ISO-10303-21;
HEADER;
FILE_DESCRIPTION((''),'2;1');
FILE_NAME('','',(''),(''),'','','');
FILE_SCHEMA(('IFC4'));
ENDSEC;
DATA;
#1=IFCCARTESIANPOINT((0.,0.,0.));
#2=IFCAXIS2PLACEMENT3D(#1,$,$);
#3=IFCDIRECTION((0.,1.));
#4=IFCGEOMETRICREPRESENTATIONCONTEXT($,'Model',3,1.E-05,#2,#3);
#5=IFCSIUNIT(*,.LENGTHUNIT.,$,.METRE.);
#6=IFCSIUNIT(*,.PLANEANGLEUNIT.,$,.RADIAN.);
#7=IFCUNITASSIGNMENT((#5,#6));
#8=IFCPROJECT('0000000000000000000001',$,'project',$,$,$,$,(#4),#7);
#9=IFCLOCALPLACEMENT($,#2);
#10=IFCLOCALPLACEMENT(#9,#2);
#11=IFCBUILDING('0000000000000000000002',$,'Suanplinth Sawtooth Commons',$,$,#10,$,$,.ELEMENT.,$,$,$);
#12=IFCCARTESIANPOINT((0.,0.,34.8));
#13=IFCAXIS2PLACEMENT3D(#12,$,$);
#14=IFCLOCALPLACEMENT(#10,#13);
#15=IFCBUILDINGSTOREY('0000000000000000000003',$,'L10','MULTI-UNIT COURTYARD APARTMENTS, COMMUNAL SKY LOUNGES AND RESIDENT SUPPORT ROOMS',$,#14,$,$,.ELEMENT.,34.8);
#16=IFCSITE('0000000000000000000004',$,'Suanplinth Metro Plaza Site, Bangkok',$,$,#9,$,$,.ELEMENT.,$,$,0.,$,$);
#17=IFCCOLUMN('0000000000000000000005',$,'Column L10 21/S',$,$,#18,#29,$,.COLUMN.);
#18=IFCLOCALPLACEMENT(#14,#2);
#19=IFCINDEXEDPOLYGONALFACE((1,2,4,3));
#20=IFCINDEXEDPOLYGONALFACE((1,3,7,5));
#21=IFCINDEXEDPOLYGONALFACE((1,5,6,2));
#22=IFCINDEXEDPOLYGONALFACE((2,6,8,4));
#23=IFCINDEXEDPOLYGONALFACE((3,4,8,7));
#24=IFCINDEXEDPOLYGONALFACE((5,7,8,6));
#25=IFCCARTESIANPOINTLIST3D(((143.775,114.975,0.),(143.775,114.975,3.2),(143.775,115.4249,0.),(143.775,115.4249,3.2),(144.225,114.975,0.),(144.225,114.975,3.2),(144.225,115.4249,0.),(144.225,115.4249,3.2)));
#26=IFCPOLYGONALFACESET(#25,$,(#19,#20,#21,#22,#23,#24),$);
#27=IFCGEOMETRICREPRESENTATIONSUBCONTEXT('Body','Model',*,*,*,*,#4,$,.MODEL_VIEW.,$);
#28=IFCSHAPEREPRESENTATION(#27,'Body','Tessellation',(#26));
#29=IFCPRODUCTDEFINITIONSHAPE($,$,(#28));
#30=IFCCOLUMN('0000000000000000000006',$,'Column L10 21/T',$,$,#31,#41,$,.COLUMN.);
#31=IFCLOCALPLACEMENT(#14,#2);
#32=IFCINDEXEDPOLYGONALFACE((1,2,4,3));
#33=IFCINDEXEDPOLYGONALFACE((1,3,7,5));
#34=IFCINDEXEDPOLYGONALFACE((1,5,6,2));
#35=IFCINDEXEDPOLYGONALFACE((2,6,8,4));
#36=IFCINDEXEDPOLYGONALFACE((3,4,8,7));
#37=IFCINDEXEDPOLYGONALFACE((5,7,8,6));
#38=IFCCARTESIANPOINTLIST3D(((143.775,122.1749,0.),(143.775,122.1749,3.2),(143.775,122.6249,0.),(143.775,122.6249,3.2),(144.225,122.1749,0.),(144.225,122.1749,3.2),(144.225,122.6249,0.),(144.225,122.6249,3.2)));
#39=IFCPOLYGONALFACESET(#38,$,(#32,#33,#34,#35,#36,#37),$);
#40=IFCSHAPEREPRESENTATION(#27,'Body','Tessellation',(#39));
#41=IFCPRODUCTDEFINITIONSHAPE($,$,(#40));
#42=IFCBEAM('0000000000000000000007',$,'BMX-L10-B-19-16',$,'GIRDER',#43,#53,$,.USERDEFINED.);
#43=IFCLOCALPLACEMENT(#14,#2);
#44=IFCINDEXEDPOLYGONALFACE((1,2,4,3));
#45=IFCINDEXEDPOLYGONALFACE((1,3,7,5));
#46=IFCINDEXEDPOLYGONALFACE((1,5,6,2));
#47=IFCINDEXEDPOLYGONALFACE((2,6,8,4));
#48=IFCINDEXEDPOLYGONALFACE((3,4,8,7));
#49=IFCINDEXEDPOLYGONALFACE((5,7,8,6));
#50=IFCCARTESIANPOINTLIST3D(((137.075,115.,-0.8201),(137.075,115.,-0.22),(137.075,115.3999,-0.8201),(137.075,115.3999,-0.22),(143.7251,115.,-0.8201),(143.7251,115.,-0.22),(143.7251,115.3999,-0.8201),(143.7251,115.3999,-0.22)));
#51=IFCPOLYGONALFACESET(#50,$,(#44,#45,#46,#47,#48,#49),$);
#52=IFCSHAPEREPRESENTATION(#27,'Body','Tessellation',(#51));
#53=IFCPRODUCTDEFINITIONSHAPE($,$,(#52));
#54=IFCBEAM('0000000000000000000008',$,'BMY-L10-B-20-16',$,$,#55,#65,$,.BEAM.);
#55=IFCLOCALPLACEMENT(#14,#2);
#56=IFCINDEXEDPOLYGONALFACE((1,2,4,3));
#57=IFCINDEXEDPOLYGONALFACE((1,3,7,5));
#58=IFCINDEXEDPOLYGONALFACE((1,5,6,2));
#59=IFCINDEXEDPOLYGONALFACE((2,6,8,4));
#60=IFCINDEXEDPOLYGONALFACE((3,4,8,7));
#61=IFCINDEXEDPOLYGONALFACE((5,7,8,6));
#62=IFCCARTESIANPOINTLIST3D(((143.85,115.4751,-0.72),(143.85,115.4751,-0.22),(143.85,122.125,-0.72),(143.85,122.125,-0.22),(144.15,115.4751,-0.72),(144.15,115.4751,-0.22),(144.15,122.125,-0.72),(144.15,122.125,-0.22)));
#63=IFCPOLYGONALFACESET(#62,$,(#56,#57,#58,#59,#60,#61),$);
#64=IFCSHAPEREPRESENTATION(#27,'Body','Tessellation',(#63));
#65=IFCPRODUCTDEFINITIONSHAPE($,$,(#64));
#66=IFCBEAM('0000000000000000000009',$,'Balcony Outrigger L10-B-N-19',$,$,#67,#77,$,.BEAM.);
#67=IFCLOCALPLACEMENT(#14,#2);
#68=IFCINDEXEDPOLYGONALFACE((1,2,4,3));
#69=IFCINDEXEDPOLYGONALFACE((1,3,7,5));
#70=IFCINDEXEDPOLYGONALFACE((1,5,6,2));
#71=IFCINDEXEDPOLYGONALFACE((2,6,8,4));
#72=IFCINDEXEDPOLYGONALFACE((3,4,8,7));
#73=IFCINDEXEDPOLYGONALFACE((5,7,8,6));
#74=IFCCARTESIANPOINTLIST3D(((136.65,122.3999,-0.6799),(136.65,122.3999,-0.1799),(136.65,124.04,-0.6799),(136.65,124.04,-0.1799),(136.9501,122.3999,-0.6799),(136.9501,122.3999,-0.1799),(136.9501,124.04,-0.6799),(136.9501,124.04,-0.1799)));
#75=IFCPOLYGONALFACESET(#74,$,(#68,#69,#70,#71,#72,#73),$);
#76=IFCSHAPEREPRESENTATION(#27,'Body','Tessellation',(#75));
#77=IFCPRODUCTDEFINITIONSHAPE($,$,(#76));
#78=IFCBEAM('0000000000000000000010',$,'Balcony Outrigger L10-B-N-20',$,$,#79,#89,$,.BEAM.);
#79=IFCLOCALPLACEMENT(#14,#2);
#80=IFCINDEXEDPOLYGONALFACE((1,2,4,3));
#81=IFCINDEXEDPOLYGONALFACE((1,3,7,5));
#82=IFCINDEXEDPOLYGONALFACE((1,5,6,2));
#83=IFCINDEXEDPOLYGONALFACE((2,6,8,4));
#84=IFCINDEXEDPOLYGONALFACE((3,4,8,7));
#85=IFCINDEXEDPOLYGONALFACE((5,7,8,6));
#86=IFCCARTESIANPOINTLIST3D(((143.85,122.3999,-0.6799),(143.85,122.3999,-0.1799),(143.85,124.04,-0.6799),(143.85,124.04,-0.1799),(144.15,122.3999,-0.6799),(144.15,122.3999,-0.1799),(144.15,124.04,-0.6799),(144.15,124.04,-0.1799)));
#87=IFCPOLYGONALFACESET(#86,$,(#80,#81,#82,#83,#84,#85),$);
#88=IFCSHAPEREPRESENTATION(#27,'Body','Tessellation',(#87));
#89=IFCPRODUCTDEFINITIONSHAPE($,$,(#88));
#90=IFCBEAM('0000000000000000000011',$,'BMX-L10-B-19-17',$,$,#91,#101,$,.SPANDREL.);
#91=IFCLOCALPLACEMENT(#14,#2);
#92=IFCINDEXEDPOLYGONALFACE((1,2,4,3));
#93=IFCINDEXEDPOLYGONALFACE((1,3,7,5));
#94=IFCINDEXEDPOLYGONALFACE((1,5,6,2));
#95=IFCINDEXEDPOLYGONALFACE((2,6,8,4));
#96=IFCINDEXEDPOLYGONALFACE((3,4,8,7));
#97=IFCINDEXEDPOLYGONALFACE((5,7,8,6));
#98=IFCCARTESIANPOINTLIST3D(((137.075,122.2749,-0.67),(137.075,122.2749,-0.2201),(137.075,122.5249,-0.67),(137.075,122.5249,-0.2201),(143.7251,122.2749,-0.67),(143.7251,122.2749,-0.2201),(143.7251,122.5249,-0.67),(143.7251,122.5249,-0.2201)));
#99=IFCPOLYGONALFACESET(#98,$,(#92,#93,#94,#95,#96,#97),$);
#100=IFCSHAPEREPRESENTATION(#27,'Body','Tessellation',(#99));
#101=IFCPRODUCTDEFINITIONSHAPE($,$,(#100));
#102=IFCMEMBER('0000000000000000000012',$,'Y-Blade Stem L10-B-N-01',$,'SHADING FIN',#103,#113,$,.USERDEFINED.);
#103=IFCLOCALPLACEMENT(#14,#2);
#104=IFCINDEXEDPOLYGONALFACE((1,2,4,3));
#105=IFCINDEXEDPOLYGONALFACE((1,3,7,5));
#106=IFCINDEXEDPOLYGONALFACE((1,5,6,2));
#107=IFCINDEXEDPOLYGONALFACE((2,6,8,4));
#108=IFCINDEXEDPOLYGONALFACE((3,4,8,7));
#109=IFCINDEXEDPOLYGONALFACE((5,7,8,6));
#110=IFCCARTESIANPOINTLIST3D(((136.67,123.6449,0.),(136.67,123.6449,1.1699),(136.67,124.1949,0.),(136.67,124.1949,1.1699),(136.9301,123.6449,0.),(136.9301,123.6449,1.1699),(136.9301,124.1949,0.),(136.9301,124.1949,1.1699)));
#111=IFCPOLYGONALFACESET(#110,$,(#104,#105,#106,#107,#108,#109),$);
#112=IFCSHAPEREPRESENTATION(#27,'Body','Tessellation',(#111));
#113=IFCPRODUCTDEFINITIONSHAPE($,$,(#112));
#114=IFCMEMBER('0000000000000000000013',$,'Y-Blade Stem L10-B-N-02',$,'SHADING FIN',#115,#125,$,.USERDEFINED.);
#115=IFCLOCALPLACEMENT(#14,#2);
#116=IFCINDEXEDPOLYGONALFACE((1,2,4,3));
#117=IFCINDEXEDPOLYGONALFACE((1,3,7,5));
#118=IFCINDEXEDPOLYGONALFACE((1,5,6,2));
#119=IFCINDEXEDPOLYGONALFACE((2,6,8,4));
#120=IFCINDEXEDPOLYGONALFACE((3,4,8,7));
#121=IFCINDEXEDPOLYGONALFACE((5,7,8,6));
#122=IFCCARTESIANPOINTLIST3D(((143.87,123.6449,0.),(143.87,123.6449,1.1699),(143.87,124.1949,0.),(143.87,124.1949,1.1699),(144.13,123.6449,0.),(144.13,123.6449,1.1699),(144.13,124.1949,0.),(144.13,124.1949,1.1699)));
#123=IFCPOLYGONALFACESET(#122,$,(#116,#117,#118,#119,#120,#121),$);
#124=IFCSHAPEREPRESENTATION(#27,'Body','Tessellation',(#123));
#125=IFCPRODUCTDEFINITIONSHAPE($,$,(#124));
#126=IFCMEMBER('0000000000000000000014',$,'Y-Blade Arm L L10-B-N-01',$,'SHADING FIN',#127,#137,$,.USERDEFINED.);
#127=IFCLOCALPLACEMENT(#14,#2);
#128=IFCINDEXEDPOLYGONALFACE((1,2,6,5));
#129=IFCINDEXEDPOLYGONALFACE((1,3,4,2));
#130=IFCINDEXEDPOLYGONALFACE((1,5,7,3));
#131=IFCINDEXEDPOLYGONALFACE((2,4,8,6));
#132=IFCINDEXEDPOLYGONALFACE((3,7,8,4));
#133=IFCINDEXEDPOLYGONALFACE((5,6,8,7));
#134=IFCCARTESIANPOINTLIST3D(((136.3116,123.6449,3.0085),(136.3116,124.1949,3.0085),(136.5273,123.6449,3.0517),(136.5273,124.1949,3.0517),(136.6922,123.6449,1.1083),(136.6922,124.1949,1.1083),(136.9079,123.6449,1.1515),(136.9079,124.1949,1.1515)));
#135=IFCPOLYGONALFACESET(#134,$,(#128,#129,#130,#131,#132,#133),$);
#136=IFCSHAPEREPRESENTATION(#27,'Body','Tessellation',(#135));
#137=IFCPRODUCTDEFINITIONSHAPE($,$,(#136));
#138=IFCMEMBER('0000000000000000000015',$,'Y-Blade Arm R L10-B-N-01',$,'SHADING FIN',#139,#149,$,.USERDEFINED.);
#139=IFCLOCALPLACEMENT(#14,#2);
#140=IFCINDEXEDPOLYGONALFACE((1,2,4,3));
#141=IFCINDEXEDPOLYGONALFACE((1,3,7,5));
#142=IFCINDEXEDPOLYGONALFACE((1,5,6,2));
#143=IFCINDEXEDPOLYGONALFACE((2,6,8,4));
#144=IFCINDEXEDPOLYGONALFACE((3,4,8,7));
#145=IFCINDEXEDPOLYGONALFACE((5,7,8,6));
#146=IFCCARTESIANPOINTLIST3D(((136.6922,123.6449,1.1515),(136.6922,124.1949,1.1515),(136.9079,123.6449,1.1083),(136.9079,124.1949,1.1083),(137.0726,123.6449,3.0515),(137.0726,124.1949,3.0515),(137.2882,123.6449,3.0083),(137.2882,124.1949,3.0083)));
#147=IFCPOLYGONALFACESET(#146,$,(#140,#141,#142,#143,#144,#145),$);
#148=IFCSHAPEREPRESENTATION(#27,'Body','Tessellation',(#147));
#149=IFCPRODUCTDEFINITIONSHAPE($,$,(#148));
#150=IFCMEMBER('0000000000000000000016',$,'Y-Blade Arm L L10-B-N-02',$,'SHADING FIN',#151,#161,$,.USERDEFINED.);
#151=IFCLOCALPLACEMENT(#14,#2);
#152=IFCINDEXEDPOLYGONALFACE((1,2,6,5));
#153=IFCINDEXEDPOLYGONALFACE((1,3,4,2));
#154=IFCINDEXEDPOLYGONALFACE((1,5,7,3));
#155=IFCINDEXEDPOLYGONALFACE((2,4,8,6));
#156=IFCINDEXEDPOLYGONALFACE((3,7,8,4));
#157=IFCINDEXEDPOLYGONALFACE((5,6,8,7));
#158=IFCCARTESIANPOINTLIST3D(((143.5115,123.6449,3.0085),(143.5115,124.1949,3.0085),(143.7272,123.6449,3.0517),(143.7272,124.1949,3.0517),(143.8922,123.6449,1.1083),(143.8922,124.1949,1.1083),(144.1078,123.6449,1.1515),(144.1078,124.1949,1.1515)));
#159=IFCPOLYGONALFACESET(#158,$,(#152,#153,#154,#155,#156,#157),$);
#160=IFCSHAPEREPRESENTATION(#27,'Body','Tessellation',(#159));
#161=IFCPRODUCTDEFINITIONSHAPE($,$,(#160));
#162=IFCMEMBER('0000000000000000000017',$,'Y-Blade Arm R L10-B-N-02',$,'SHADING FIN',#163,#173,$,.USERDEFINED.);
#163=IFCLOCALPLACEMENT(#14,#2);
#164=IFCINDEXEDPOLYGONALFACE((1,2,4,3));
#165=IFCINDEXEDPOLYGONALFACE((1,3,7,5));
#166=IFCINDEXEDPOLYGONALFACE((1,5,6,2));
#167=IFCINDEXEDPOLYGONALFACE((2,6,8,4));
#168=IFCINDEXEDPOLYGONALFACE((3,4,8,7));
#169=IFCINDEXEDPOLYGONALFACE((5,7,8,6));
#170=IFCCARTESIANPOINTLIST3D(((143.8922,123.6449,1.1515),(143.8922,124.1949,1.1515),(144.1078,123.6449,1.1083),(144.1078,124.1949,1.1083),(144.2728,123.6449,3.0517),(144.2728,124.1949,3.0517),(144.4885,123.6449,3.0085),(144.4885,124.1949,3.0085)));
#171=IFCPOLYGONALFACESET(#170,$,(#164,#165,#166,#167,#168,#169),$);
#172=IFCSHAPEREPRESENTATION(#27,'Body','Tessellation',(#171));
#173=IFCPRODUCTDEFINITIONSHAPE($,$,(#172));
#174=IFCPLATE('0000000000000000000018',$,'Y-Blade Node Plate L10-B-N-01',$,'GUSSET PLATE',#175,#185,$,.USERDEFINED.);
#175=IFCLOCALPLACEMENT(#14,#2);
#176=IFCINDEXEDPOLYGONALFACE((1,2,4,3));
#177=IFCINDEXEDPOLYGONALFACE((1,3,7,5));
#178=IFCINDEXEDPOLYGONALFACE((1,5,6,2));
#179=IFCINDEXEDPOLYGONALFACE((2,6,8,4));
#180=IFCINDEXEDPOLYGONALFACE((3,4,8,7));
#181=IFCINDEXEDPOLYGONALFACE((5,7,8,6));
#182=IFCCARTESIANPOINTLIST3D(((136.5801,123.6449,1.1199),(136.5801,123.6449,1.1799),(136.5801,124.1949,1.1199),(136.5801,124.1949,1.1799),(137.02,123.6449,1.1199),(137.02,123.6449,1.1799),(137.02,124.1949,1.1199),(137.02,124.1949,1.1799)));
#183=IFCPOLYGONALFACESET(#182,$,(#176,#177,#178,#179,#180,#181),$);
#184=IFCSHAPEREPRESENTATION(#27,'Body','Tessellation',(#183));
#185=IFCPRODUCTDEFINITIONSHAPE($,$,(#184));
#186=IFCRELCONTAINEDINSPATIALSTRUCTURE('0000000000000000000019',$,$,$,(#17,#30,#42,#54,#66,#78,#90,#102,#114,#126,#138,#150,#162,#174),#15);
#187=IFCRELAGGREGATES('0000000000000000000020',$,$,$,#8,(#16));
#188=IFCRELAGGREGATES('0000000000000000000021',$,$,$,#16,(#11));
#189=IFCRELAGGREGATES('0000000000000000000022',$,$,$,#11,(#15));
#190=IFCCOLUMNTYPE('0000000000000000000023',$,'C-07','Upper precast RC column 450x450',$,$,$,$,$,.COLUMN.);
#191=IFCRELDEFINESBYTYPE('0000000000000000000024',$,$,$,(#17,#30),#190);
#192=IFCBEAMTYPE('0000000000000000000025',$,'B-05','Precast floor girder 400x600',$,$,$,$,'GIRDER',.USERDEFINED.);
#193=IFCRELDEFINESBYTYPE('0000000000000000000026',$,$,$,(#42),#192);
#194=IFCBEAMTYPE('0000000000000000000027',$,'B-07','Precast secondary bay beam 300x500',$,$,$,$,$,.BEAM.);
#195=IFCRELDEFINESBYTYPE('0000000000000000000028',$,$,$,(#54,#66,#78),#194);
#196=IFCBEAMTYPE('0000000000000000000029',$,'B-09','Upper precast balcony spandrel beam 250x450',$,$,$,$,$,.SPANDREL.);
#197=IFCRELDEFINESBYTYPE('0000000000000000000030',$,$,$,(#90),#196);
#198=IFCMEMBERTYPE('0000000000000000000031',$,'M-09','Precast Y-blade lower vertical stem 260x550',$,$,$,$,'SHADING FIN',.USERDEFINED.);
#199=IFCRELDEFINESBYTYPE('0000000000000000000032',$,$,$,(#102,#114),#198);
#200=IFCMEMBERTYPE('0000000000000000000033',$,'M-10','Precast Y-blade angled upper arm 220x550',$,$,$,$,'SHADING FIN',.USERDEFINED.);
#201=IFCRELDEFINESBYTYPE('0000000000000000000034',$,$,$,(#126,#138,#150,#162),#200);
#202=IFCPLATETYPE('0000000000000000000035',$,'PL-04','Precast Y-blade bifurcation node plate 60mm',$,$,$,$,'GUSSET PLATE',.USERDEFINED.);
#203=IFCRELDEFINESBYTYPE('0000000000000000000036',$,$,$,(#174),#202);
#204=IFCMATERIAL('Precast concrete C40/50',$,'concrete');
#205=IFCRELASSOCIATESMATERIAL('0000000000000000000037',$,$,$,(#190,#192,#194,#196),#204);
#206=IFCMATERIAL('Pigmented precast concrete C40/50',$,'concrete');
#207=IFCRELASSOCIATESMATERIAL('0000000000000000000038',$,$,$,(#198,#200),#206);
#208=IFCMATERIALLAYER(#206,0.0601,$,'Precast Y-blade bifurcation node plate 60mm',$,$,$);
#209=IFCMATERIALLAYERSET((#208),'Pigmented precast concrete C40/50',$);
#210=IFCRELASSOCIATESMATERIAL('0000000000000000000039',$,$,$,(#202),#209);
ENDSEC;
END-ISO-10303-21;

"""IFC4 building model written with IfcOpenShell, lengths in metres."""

from ifc_helpers import new_model, si_unit, direction, frame, origin, origin_2d, place, context, subcontext, project, spatial, rectangle, extrude, material, layer, layer_set, material_profile, profile_set, type_object, element, save


model = new_model("IFC4")

# Units and contexts
model_context = context("Model", 3, precision=1e-05, world=origin(), true_north=direction((0.0, 1.0)))
body_context = subcontext(model_context, "Body", "Model", "MODEL_VIEW")
ifc_project = project(units=[si_unit("LENGTHUNIT", "METRE"), si_unit("PLANEANGLEUNIT", "RADIAN")], contexts=[model_context])

# Site, building, storey
site_placement = place(None, origin())
site = spatial("IfcSite", under=ifc_project, at=site_placement, Name="Suanplinth Metro Plaza Site, Bangkok", CompositionType="ELEMENT", RefElevation=0.0)
building_placement = place(site_placement, origin())
building = spatial("IfcBuilding", under=site, at=building_placement, Name="Suanplinth Sawtooth Commons", CompositionType="ELEMENT")
storey_placement = place(building_placement, frame((0.0, 0.0, 34.8)))
storey = spatial("IfcBuildingStorey", under=building, at=storey_placement, Name="L10", Description="MULTI-UNIT COURTYARD APARTMENTS, COMMUNAL SKY LOUNGES AND RESIDENT SUPPORT ROOMS", CompositionType="ELEMENT", Elevation=34.8)

# Columns
ifc_material_1 = material(Name="Precast concrete C40/50", Category="concrete")
ifc_material_profile_1 = material_profile(ifc_material_1, rectangle(XDim=0.45, YDim=0.45, at=origin_2d()), Name="PC-COL 450x450")
ifc_profile_set_1 = profile_set([ifc_material_profile_1], Name="Precast concrete C40/50")
column_type = type_object("IfcColumnType", Name="C-07", Description="Upper precast RC column 450x450", PredefinedType="COLUMN", material=ifc_profile_set_1)
for number, where, z_axis, x_axis, name in (
    (1, (144.0, 115.2, 0.0), (0.0, 0.0, 1.0), (1.0, 0.0, 0.0), "Column L10 21/S"),
    (2, (144.0, 122.3999, 0.0), (0.0, 0.0, 1.0), (1.0, 0.0, 0.0), "Column L10 21/T"),
):
    element("IfcColumn", number, at=place(storey_placement, frame(where, z_axis=z_axis, x_axis=x_axis)), inside=storey, type_object=column_type, Name=name, PredefinedType="COLUMN", context=body_context, shape_type="SweptSolid", body=[
        extrude(rectangle(XDim=0.45, YDim=0.45, at=origin_2d()), origin(), (0.0, 0.0, 1.0), 3.2),
    ])

# Beams
ifc_material_profile_2 = material_profile(ifc_material_1, rectangle(XDim=0.3999, YDim=0.6001, at=origin_2d()), Name="PC-GDR 400x600")
ifc_profile_set_2 = profile_set([ifc_material_profile_2], Name="Precast concrete C40/50")
beam_type_1 = type_object("IfcBeamType", Name="B-05", Description="Precast floor girder 400x600", ElementType="GIRDER", PredefinedType="USERDEFINED", material=ifc_profile_set_2)
beam_1_placement = place(storey_placement, frame((137.075, 115.2, -0.52), z_axis=(1.0, 0.0, 0.0), x_axis=(0.0, 1.0, 0.0)))
element("IfcBeam", 3, at=beam_1_placement, inside=storey, type_object=beam_type_1, Name="BMX-L10-B-19-16", ObjectType="GIRDER", PredefinedType="USERDEFINED", context=body_context, shape_type="SweptSolid", body=[
    extrude(rectangle(XDim=0.3999, YDim=0.6001, at=origin_2d()), origin(), (0.0, 0.0, 1.0), 6.6501),
])
ifc_material_profile_3 = material_profile(ifc_material_1, rectangle(XDim=0.3, YDim=0.5, at=origin_2d()), Name="PC-BM 300x500")
ifc_profile_set_3 = profile_set([ifc_material_profile_3], Name="Precast concrete C40/50")
beam_type_2 = type_object("IfcBeamType", Name="B-07", Description="Precast secondary bay beam 300x500", PredefinedType="BEAM", material=ifc_profile_set_3)
beam_2_placement = place(storey_placement, frame((144.0, 115.4751, -0.47), z_axis=(0.0, 1.0, 0.0), x_axis=(-1.0, 0.0, 0.0)))
element("IfcBeam", 4, at=beam_2_placement, inside=storey, type_object=beam_type_2, Name="BMY-L10-B-20-16", PredefinedType="BEAM", context=body_context, shape_type="SweptSolid", body=[
    extrude(rectangle(XDim=0.3, YDim=0.5, at=origin_2d()), origin(), (0.0, 0.0, 1.0), 6.6499),
])
for number, where, z_axis, x_axis, name in (
    (5, (136.8, 122.3999, -0.4299), (0.0, 1.0, 0.0), (-1.0, 0.0, 0.0), "Balcony Outrigger L10-B-N-19"),
    (6, (144.0, 122.3999, -0.4299), (0.0, 1.0, 0.0), (-1.0, 0.0, 0.0), "Balcony Outrigger L10-B-N-20"),
):
    element("IfcBeam", number, at=place(storey_placement, frame(where, z_axis=z_axis, x_axis=x_axis)), inside=storey, type_object=beam_type_2, Name=name, PredefinedType="BEAM", context=body_context, shape_type="SweptSolid", body=[
        extrude(rectangle(XDim=0.3, YDim=0.5, at=origin_2d()), origin(), (0.0, 0.0, 1.0), 1.6401),
    ])
ifc_material_profile_4 = material_profile(ifc_material_1, rectangle(XDim=0.25, YDim=0.45, at=origin_2d()), Name="PC-SP 250x450")
ifc_profile_set_4 = profile_set([ifc_material_profile_4], Name="Precast concrete C40/50")
beam_type_3 = type_object("IfcBeamType", Name="B-09", Description="Upper precast balcony spandrel beam 250x450", PredefinedType="SPANDREL", material=ifc_profile_set_4)
beam_3_placement = place(storey_placement, frame((137.075, 122.3999, -0.4451), z_axis=(1.0, 0.0, 0.0), x_axis=(0.0, 1.0, 0.0)))
element("IfcBeam", 7, at=beam_3_placement, inside=storey, type_object=beam_type_3, Name="BMX-L10-B-19-17", PredefinedType="SPANDREL", context=body_context, shape_type="SweptSolid", body=[
    extrude(rectangle(XDim=0.25, YDim=0.45, at=origin_2d()), origin(), (0.0, 0.0, 1.0), 6.6501),
])

# Members
ifc_material_2 = material(Name="Pigmented precast concrete C40/50", Category="concrete")
ifc_material_profile_5 = material_profile(ifc_material_2, rectangle(XDim=0.26, YDim=0.55, at=origin_2d()), Name="PC-FIN 260x550")
ifc_profile_set_5 = profile_set([ifc_material_profile_5], Name="Pigmented precast concrete C40/50")
member_type_1 = type_object("IfcMemberType", Name="M-09", Description="Precast Y-blade lower vertical stem 260x550", ElementType="SHADING FIN", PredefinedType="USERDEFINED", material=ifc_profile_set_5)
for number, where, z_axis, x_axis, name in (
    (8, (136.8, 123.9199, 0.0), (0.0, 0.0, 1.0), (1.0, 0.0, 0.0), "Y-Blade Stem L10-B-N-01"),
    (9, (144.0, 123.9199, 0.0), (0.0, 0.0, 1.0), (1.0, 0.0, 0.0), "Y-Blade Stem L10-B-N-02"),
):
    element("IfcMember", number, at=place(storey_placement, frame(where, z_axis=z_axis, x_axis=x_axis)), inside=storey, type_object=member_type_1, Name=name, ObjectType="SHADING FIN", PredefinedType="USERDEFINED", context=body_context, shape_type="SweptSolid", body=[
        extrude(rectangle(XDim=0.26, YDim=0.55, at=origin_2d()), origin(), (0.0, 0.0, 1.0), 1.1699),
    ])
ifc_material_profile_6 = material_profile(ifc_material_2, rectangle(XDim=0.22, YDim=0.55, at=origin_2d()), Name="PC-FIN 220x550")
ifc_profile_set_6 = profile_set([ifc_material_profile_6], Name="Pigmented precast concrete C40/50")
member_type_2 = type_object("IfcMemberType", Name="M-10", Description="Precast Y-blade angled upper arm 220x550", ElementType="SHADING FIN", PredefinedType="USERDEFINED", material=ifc_profile_set_6)
member_1_placement = place(storey_placement, frame((136.8, 123.9199, 1.1299), z_axis=(-0.196407, 0.0, 0.980522), x_axis=(0.980522, 0.0, 0.196407)))
element("IfcMember", 10, at=member_1_placement, inside=storey, type_object=member_type_2, Name="Y-Blade Arm L L10-B-N-01", ObjectType="SHADING FIN", PredefinedType="USERDEFINED", context=body_context, shape_type="SweptSolid", body=[
    extrude(rectangle(XDim=0.22, YDim=0.55, at=origin_2d()), origin(), (0.0, 0.0, 1.0), 1.938),
])
member_2_placement = place(storey_placement, frame((136.8, 123.9199, 1.1299), z_axis=(0.196286, 0.0, 0.980547), x_axis=(-0.980547, 0.0, 0.196286)))
element("IfcMember", 11, at=member_2_placement, inside=storey, type_object=member_type_2, Name="Y-Blade Arm R L10-B-N-01", ObjectType="SHADING FIN", PredefinedType="USERDEFINED", context=body_context, shape_type="SweptSolid", body=[
    extrude(rectangle(XDim=0.22, YDim=0.55, at=origin_2d()), origin(), (0.0, 0.0, 1.0), 1.9377),
])
for number, where, z_axis, x_axis, name in (
    (12, (144.0, 123.9199, 1.1299), (-0.196407, 0.0, 0.980522), (0.980522, 0.0, 0.196407), "Y-Blade Arm L L10-B-N-02"),
    (13, (144.0, 123.9199, 1.1299), (0.196407, 0.0, 0.980522), (-0.980522, 0.0, 0.196407), "Y-Blade Arm R L10-B-N-02"),
):
    element("IfcMember", number, at=place(storey_placement, frame(where, z_axis=z_axis, x_axis=x_axis)), inside=storey, type_object=member_type_2, Name=name, ObjectType="SHADING FIN", PredefinedType="USERDEFINED", context=body_context, shape_type="SweptSolid", body=[
        extrude(rectangle(XDim=0.22, YDim=0.55, at=origin_2d()), origin(), (0.0, 0.0, 1.0), 1.938),
    ])

# Plate
ifc_layer_1 = layer(ifc_material_2, 0.0601, Name="Precast Y-blade bifurcation node plate 60mm")
ifc_layer_set_1 = layer_set([ifc_layer_1], Name="Pigmented precast concrete C40/50")
plate_type = type_object("IfcPlateType", Name="PL-04", Description="Precast Y-blade bifurcation node plate 60mm", ElementType="GUSSET PLATE", PredefinedType="USERDEFINED", material=ifc_layer_set_1)
for number, where, z_axis, x_axis, name in (
    (14, (136.8, 123.9199, 1.1199), (0.0, 0.0, 1.0), (1.0, 0.0, 0.0), "Y-Blade Node Plate L10-B-N-01"),
):
    element("IfcPlate", number, at=place(storey_placement, frame(where, z_axis=z_axis, x_axis=x_axis)), inside=storey, type_object=plate_type, Name=name, ObjectType="GUSSET PLATE", PredefinedType="USERDEFINED", context=body_context, shape_type="SweptSolid", body=[
        extrude(rectangle(XDim=0.4399, YDim=0.55, at=origin_2d()), origin(), (0.0, 0.0, 1.0), 0.0601),
    ])

save(model, "model.ifc")
